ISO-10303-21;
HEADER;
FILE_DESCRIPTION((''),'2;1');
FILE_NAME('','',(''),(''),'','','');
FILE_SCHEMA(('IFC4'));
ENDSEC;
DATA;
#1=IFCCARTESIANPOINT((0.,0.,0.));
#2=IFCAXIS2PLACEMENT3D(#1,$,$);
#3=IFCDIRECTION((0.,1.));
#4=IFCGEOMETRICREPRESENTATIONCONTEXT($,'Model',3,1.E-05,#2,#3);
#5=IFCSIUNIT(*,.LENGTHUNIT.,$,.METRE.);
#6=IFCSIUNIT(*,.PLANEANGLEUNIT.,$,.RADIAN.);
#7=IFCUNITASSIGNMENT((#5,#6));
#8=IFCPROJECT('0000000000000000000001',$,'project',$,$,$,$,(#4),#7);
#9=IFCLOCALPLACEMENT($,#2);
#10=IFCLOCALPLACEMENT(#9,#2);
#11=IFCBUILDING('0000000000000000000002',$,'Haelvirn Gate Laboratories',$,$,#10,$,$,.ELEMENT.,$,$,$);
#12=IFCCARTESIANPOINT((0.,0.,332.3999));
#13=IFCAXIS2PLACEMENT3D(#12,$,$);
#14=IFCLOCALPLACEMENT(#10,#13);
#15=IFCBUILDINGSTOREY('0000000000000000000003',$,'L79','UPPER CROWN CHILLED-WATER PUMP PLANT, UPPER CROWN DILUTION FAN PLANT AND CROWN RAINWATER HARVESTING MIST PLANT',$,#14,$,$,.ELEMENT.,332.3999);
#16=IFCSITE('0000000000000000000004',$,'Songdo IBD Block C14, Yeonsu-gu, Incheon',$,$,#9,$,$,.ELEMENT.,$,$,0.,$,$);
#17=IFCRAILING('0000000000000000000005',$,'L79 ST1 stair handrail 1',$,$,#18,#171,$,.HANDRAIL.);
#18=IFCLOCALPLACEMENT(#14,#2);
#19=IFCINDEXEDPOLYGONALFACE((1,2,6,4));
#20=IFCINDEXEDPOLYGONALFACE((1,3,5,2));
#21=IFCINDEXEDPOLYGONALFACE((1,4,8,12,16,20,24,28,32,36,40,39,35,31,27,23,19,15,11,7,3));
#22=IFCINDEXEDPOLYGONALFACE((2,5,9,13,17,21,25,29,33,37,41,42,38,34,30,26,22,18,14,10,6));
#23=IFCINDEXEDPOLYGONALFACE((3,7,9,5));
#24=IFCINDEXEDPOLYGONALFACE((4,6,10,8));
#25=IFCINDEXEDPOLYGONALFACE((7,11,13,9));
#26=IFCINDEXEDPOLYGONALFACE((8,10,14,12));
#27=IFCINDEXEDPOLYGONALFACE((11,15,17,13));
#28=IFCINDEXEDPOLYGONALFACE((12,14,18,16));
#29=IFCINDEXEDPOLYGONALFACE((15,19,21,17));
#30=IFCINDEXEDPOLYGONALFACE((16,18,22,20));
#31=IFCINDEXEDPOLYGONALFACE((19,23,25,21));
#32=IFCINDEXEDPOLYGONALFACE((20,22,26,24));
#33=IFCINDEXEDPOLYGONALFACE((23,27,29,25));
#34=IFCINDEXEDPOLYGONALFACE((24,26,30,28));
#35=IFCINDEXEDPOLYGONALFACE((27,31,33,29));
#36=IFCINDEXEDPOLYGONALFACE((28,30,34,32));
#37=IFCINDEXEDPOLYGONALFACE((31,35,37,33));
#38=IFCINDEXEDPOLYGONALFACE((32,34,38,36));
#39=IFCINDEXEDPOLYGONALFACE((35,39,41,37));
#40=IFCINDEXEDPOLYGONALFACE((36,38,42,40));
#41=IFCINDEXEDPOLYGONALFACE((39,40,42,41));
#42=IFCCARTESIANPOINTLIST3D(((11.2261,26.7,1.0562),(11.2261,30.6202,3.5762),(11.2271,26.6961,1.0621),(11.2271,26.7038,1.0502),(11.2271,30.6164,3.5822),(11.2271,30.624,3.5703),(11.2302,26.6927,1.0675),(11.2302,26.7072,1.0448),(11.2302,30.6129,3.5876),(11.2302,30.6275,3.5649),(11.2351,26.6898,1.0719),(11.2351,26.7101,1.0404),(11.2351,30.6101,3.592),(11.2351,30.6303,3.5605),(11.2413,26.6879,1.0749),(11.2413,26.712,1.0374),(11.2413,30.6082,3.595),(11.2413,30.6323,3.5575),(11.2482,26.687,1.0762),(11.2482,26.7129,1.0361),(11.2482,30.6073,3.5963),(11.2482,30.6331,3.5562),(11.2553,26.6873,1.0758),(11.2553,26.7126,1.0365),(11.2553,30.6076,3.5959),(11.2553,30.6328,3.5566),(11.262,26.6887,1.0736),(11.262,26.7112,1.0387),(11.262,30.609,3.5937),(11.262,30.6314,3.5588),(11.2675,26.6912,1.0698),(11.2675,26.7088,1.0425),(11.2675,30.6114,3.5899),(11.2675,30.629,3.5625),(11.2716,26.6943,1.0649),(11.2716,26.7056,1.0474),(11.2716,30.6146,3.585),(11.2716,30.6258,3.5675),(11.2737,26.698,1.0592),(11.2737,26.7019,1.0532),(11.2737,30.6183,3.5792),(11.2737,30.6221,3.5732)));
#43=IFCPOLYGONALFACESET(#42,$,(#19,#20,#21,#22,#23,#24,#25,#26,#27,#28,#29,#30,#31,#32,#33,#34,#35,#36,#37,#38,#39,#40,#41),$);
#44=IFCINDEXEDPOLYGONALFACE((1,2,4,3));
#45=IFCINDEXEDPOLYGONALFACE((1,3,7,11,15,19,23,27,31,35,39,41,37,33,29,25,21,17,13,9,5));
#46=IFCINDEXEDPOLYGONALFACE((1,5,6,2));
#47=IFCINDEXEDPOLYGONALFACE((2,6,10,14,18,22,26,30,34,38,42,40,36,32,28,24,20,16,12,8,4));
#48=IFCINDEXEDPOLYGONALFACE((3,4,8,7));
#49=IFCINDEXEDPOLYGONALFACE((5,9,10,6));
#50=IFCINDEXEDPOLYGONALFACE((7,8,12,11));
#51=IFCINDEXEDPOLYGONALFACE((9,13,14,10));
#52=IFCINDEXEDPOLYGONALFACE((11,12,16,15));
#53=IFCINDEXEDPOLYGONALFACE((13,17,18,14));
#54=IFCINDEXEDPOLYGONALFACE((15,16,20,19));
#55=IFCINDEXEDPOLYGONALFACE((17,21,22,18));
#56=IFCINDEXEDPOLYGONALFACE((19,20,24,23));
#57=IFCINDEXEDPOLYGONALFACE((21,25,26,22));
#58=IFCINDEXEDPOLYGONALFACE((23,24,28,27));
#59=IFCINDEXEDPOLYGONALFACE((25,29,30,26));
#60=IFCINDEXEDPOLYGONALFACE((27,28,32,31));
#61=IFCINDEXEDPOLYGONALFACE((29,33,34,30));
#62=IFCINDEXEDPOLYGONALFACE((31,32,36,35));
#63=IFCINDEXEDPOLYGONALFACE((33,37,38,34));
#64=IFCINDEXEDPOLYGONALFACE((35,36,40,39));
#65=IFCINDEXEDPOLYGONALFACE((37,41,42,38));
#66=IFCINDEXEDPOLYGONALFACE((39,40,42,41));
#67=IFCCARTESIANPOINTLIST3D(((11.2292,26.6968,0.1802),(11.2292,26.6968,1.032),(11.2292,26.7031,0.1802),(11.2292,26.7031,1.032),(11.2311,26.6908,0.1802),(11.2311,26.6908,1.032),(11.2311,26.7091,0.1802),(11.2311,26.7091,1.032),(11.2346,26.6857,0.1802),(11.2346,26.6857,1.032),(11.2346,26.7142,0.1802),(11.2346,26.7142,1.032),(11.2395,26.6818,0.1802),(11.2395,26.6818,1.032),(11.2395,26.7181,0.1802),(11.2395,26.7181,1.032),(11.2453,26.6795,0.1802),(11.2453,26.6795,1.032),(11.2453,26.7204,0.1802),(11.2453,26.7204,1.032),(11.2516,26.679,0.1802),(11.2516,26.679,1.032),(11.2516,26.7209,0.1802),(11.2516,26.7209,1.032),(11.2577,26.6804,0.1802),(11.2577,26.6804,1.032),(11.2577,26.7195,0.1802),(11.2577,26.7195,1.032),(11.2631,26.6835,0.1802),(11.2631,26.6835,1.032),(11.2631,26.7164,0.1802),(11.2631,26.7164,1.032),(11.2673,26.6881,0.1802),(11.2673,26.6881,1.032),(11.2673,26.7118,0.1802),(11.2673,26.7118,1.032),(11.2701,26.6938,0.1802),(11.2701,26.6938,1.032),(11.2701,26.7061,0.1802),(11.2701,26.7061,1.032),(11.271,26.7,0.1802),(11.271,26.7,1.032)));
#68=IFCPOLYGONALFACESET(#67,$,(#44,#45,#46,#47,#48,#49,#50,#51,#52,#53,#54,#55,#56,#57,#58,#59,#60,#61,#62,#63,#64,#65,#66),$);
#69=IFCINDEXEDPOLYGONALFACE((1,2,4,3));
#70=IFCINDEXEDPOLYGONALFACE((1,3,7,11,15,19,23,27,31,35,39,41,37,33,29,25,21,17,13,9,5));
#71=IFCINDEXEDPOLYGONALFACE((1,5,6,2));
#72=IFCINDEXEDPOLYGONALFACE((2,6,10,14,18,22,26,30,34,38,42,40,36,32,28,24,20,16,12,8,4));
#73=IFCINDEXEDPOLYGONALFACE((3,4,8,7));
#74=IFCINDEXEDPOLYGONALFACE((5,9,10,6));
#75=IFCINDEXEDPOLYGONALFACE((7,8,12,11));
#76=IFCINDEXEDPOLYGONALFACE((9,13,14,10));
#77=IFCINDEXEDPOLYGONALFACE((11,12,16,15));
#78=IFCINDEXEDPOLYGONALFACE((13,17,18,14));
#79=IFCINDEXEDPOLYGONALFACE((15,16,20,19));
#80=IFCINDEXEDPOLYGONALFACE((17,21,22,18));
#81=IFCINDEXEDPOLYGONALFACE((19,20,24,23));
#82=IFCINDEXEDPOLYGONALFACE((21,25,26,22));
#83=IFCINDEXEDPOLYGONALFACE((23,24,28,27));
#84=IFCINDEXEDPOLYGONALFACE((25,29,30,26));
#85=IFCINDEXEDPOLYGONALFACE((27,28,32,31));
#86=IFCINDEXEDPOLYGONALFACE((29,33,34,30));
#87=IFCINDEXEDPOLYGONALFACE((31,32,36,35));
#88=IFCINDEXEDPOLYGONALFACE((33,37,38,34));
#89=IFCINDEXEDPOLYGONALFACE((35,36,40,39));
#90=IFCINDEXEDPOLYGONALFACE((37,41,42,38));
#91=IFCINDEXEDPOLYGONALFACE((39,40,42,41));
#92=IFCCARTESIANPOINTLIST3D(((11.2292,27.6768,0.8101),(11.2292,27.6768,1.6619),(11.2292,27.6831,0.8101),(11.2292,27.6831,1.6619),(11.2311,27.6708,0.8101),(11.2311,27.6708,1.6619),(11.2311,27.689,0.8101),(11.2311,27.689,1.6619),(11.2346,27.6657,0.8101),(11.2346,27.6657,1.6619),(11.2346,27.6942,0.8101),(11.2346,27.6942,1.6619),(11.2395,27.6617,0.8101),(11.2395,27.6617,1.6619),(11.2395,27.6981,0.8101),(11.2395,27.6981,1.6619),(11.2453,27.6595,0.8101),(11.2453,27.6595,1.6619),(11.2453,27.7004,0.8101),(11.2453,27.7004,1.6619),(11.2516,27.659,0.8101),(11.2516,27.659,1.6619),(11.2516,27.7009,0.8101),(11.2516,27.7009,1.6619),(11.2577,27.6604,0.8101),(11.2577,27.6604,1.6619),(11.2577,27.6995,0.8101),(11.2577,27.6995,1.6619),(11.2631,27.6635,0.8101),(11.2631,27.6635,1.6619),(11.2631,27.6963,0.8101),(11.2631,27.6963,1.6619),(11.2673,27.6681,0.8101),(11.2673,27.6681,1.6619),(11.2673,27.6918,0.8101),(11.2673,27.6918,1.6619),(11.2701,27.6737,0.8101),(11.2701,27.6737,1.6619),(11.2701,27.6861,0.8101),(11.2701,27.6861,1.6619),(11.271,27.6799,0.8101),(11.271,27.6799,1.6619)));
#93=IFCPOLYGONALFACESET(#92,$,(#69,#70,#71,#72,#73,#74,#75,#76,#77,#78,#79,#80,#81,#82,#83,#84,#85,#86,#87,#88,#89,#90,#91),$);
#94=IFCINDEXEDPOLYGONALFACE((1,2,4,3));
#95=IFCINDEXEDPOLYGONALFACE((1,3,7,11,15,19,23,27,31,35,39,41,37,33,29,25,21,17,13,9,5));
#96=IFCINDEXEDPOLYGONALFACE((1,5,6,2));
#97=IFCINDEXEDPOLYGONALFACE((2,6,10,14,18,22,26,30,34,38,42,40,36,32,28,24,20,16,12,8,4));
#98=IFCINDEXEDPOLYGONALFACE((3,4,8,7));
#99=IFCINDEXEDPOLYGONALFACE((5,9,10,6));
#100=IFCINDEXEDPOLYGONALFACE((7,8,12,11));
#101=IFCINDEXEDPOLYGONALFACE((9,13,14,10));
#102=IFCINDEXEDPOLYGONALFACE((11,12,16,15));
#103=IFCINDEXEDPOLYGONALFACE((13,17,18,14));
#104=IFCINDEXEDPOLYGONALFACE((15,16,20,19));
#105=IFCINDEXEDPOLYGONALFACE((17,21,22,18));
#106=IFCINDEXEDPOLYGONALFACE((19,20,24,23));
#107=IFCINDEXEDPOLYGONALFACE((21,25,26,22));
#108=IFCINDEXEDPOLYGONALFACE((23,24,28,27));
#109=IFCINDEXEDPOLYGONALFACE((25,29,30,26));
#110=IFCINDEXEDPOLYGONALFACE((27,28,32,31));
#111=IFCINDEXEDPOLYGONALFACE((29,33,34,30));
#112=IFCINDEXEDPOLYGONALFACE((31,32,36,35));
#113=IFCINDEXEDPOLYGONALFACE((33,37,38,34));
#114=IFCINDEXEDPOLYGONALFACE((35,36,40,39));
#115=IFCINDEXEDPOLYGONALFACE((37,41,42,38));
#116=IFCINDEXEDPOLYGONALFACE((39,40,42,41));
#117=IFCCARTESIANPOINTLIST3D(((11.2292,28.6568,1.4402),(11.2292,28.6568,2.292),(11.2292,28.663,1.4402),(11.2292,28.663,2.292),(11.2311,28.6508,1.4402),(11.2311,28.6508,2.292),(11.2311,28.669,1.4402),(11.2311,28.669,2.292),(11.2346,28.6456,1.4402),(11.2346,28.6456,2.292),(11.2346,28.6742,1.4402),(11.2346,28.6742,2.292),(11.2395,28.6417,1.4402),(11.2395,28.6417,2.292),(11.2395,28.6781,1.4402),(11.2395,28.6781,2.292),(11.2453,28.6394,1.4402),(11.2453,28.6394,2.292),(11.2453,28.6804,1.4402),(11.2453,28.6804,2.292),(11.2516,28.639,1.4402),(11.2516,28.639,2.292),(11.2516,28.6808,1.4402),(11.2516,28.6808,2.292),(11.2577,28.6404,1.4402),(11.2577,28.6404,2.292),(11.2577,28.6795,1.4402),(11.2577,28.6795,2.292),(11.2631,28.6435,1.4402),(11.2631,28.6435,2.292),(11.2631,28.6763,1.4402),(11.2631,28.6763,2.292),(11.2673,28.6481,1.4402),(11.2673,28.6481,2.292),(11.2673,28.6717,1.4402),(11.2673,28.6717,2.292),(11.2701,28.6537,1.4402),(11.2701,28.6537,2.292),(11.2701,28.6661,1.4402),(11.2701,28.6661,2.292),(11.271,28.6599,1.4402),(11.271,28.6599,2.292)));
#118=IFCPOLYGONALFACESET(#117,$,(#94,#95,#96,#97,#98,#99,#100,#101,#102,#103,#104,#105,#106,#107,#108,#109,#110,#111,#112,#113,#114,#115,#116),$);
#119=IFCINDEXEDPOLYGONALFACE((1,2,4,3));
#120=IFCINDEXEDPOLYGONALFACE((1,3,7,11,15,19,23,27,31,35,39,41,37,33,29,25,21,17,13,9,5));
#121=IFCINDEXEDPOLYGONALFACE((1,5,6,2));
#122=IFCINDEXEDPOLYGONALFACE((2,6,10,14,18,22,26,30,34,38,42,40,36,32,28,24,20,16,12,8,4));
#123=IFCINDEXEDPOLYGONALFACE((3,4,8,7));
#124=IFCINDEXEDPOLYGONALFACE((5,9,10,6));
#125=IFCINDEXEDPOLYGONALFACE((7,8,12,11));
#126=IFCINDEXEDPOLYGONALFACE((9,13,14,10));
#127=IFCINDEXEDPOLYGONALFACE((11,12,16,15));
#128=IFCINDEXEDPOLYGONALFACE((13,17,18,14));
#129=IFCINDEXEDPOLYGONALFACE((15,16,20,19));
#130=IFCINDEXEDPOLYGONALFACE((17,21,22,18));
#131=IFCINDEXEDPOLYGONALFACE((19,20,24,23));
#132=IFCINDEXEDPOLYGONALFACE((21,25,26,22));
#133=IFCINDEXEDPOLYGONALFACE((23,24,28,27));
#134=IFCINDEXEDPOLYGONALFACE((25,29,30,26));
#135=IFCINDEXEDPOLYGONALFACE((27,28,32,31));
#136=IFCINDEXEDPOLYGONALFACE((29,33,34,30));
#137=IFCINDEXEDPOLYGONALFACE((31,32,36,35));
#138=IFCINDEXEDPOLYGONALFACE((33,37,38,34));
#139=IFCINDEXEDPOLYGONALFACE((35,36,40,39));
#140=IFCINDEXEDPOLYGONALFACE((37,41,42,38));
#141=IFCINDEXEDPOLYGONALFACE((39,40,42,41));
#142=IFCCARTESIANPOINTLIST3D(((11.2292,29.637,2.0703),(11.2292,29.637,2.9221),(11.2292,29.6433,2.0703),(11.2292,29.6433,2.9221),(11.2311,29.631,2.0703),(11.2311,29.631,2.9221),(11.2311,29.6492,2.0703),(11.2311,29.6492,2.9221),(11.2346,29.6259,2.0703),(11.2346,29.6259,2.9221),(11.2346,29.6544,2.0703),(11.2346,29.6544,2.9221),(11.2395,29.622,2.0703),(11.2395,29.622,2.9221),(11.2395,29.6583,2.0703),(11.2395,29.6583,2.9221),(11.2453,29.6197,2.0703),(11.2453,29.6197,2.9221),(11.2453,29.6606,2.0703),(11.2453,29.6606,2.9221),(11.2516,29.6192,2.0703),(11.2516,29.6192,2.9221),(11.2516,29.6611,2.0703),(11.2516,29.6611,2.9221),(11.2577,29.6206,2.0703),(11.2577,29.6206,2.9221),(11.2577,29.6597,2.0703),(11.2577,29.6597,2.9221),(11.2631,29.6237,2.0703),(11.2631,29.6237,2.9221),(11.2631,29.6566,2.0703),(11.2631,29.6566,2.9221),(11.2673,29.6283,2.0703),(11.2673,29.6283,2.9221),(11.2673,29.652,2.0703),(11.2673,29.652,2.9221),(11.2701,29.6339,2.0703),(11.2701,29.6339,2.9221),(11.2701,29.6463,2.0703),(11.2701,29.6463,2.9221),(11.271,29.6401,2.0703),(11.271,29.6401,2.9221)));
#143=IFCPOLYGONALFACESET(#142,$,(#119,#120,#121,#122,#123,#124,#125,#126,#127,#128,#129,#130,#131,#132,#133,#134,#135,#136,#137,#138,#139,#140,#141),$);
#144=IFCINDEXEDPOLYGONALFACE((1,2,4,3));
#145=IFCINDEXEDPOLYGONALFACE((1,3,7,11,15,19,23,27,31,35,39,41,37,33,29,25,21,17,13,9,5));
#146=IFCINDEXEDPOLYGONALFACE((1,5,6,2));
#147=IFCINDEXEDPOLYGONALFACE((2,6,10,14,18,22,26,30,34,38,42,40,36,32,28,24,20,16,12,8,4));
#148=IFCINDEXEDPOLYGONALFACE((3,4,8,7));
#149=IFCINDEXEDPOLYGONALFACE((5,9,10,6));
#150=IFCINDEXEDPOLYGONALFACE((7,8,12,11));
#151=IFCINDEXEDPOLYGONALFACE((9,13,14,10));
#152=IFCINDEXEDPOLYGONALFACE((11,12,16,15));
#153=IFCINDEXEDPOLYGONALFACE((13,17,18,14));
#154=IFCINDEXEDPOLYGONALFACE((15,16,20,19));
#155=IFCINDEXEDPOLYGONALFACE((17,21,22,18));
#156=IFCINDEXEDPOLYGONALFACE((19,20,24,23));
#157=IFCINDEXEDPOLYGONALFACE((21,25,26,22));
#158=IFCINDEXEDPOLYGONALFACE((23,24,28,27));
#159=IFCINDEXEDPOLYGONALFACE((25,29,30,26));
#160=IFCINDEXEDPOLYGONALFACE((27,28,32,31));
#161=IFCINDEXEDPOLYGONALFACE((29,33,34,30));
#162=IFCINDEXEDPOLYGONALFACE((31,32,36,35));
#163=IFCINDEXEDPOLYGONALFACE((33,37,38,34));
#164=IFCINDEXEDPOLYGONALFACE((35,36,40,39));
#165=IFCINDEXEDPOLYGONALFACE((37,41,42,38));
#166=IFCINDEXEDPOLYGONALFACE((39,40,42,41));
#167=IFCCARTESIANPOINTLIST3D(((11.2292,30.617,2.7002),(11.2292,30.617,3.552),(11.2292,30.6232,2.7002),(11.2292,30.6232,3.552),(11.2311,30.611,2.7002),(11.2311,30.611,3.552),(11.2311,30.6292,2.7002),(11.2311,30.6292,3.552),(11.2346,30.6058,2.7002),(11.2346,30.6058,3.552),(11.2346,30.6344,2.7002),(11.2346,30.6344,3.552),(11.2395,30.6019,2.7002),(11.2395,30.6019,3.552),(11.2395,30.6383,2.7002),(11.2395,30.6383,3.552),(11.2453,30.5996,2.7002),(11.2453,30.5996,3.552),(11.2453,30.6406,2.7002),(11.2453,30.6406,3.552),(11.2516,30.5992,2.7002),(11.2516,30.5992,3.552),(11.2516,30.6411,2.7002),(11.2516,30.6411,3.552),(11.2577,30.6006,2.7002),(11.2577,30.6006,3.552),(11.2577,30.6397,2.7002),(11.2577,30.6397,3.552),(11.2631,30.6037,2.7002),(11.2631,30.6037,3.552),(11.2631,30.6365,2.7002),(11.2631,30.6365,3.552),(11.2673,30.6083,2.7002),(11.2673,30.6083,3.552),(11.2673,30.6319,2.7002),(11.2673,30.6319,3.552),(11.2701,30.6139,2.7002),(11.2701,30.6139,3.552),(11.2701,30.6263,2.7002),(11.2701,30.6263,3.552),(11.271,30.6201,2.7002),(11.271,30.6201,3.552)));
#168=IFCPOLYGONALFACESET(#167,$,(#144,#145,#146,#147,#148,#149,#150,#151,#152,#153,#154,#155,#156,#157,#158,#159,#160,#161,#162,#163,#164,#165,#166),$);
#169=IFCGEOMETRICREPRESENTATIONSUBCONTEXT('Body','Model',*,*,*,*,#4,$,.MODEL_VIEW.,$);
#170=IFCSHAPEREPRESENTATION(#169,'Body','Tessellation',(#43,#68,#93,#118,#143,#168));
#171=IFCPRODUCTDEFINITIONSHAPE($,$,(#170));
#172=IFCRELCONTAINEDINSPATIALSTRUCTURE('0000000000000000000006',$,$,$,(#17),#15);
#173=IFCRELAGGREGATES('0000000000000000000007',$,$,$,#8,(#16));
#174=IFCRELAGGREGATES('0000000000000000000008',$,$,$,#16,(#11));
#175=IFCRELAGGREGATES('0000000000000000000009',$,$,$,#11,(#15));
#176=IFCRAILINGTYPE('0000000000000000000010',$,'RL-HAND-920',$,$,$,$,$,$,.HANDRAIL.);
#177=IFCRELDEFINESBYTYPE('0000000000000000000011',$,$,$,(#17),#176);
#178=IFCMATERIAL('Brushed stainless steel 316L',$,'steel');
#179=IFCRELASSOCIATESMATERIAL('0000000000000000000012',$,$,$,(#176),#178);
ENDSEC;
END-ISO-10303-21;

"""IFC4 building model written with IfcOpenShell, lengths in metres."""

from ifc_helpers import new_model, si_unit, direction, frame, origin, origin_2d, place, context, subcontext, project, spatial, circle, extrude, source, transform, mapped, material, type_object, type_shapes, element, save


model = new_model("IFC4")

# Units and contexts
model_context = context("Model", 3, precision=1e-05, world=origin(), true_north=direction((0.0, 1.0)))
body_context = subcontext(model_context, "Body", "Model", "MODEL_VIEW")
ifc_project = project(units=[si_unit("LENGTHUNIT", "METRE"), si_unit("PLANEANGLEUNIT", "RADIAN")], contexts=[model_context])

# Site, building, storey
site_placement = place(None, origin())
site = spatial("IfcSite", under=ifc_project, at=site_placement, Name="Songdo IBD Block C14, Yeonsu-gu, Incheon", CompositionType="ELEMENT", RefElevation=0.0)
building_placement = place(site_placement, origin())
building = spatial("IfcBuilding", under=site, at=building_placement, Name="Haelvirn Gate Laboratories", CompositionType="ELEMENT")
storey_placement = place(building_placement, frame((0.0, 0.0, 332.3999)))
storey = spatial("IfcBuildingStorey", under=building, at=storey_placement, Name="L79", Description="UPPER CROWN CHILLED-WATER PUMP PLANT, UPPER CROWN DILUTION FAN PLANT AND CROWN RAINWATER HARVESTING MIST PLANT", CompositionType="ELEMENT", Elevation=332.3999)

# Railing
ifc_material_1 = material(Name="Brushed stainless steel 316L", Category="steel")
railing_type_1 = type_object("IfcRailingType", Name="RL-HAND-920", PredefinedType="HANDRAIL", material=ifc_material_1)
shared_shape_1 = source(origin(), body_context, "Body", "SweptSolid", [
    extrude(circle(Radius=0.0239, at=origin_2d()), frame((0.0, 0.0, 0.876), z_axis=(0.0, 0.841187, 0.540744), x_axis=(-1.0, 0.0, 0.0)), (0.0, 0.0, 1.0), 4.6604),
    extrude(circle(Radius=0.021, at=origin_2d()), origin(), (0.0, 0.0, 1.0), 0.8518),
    extrude(circle(Radius=0.021, at=origin_2d()), frame((0.0, 0.98, 0.6299)), (0.0, 0.0, 1.0), 0.8518),
    extrude(circle(Radius=0.021, at=origin_2d()), frame((0.0, 1.96, 1.26)), (0.0, 0.0, 1.0), 0.8518),
    extrude(circle(Radius=0.021, at=origin_2d()), frame((0.0, 2.9402, 1.8901)), (0.0, 0.0, 1.0), 0.8518),
    extrude(circle(Radius=0.021, at=origin_2d()), frame((0.0, 3.9202, 2.52)), (0.0, 0.0, 1.0), 0.8518),
])
type_shapes(railing_type_1, [shared_shape_1])
railing_1_placement = place(storey_placement, frame((11.25, 26.7, 0.1802)))
element("IfcRailing", 1, at=railing_1_placement, inside=storey, type_object=railing_type_1, Name="L79 ST1 stair handrail 1", PredefinedType="HANDRAIL", context=body_context, shape_type="MappedRepresentation", body=[
    mapped(shared_shape_1, transform((0.0, 0.0, 0.0), scale=1.0)),
])

save(model, "model.ifc")
